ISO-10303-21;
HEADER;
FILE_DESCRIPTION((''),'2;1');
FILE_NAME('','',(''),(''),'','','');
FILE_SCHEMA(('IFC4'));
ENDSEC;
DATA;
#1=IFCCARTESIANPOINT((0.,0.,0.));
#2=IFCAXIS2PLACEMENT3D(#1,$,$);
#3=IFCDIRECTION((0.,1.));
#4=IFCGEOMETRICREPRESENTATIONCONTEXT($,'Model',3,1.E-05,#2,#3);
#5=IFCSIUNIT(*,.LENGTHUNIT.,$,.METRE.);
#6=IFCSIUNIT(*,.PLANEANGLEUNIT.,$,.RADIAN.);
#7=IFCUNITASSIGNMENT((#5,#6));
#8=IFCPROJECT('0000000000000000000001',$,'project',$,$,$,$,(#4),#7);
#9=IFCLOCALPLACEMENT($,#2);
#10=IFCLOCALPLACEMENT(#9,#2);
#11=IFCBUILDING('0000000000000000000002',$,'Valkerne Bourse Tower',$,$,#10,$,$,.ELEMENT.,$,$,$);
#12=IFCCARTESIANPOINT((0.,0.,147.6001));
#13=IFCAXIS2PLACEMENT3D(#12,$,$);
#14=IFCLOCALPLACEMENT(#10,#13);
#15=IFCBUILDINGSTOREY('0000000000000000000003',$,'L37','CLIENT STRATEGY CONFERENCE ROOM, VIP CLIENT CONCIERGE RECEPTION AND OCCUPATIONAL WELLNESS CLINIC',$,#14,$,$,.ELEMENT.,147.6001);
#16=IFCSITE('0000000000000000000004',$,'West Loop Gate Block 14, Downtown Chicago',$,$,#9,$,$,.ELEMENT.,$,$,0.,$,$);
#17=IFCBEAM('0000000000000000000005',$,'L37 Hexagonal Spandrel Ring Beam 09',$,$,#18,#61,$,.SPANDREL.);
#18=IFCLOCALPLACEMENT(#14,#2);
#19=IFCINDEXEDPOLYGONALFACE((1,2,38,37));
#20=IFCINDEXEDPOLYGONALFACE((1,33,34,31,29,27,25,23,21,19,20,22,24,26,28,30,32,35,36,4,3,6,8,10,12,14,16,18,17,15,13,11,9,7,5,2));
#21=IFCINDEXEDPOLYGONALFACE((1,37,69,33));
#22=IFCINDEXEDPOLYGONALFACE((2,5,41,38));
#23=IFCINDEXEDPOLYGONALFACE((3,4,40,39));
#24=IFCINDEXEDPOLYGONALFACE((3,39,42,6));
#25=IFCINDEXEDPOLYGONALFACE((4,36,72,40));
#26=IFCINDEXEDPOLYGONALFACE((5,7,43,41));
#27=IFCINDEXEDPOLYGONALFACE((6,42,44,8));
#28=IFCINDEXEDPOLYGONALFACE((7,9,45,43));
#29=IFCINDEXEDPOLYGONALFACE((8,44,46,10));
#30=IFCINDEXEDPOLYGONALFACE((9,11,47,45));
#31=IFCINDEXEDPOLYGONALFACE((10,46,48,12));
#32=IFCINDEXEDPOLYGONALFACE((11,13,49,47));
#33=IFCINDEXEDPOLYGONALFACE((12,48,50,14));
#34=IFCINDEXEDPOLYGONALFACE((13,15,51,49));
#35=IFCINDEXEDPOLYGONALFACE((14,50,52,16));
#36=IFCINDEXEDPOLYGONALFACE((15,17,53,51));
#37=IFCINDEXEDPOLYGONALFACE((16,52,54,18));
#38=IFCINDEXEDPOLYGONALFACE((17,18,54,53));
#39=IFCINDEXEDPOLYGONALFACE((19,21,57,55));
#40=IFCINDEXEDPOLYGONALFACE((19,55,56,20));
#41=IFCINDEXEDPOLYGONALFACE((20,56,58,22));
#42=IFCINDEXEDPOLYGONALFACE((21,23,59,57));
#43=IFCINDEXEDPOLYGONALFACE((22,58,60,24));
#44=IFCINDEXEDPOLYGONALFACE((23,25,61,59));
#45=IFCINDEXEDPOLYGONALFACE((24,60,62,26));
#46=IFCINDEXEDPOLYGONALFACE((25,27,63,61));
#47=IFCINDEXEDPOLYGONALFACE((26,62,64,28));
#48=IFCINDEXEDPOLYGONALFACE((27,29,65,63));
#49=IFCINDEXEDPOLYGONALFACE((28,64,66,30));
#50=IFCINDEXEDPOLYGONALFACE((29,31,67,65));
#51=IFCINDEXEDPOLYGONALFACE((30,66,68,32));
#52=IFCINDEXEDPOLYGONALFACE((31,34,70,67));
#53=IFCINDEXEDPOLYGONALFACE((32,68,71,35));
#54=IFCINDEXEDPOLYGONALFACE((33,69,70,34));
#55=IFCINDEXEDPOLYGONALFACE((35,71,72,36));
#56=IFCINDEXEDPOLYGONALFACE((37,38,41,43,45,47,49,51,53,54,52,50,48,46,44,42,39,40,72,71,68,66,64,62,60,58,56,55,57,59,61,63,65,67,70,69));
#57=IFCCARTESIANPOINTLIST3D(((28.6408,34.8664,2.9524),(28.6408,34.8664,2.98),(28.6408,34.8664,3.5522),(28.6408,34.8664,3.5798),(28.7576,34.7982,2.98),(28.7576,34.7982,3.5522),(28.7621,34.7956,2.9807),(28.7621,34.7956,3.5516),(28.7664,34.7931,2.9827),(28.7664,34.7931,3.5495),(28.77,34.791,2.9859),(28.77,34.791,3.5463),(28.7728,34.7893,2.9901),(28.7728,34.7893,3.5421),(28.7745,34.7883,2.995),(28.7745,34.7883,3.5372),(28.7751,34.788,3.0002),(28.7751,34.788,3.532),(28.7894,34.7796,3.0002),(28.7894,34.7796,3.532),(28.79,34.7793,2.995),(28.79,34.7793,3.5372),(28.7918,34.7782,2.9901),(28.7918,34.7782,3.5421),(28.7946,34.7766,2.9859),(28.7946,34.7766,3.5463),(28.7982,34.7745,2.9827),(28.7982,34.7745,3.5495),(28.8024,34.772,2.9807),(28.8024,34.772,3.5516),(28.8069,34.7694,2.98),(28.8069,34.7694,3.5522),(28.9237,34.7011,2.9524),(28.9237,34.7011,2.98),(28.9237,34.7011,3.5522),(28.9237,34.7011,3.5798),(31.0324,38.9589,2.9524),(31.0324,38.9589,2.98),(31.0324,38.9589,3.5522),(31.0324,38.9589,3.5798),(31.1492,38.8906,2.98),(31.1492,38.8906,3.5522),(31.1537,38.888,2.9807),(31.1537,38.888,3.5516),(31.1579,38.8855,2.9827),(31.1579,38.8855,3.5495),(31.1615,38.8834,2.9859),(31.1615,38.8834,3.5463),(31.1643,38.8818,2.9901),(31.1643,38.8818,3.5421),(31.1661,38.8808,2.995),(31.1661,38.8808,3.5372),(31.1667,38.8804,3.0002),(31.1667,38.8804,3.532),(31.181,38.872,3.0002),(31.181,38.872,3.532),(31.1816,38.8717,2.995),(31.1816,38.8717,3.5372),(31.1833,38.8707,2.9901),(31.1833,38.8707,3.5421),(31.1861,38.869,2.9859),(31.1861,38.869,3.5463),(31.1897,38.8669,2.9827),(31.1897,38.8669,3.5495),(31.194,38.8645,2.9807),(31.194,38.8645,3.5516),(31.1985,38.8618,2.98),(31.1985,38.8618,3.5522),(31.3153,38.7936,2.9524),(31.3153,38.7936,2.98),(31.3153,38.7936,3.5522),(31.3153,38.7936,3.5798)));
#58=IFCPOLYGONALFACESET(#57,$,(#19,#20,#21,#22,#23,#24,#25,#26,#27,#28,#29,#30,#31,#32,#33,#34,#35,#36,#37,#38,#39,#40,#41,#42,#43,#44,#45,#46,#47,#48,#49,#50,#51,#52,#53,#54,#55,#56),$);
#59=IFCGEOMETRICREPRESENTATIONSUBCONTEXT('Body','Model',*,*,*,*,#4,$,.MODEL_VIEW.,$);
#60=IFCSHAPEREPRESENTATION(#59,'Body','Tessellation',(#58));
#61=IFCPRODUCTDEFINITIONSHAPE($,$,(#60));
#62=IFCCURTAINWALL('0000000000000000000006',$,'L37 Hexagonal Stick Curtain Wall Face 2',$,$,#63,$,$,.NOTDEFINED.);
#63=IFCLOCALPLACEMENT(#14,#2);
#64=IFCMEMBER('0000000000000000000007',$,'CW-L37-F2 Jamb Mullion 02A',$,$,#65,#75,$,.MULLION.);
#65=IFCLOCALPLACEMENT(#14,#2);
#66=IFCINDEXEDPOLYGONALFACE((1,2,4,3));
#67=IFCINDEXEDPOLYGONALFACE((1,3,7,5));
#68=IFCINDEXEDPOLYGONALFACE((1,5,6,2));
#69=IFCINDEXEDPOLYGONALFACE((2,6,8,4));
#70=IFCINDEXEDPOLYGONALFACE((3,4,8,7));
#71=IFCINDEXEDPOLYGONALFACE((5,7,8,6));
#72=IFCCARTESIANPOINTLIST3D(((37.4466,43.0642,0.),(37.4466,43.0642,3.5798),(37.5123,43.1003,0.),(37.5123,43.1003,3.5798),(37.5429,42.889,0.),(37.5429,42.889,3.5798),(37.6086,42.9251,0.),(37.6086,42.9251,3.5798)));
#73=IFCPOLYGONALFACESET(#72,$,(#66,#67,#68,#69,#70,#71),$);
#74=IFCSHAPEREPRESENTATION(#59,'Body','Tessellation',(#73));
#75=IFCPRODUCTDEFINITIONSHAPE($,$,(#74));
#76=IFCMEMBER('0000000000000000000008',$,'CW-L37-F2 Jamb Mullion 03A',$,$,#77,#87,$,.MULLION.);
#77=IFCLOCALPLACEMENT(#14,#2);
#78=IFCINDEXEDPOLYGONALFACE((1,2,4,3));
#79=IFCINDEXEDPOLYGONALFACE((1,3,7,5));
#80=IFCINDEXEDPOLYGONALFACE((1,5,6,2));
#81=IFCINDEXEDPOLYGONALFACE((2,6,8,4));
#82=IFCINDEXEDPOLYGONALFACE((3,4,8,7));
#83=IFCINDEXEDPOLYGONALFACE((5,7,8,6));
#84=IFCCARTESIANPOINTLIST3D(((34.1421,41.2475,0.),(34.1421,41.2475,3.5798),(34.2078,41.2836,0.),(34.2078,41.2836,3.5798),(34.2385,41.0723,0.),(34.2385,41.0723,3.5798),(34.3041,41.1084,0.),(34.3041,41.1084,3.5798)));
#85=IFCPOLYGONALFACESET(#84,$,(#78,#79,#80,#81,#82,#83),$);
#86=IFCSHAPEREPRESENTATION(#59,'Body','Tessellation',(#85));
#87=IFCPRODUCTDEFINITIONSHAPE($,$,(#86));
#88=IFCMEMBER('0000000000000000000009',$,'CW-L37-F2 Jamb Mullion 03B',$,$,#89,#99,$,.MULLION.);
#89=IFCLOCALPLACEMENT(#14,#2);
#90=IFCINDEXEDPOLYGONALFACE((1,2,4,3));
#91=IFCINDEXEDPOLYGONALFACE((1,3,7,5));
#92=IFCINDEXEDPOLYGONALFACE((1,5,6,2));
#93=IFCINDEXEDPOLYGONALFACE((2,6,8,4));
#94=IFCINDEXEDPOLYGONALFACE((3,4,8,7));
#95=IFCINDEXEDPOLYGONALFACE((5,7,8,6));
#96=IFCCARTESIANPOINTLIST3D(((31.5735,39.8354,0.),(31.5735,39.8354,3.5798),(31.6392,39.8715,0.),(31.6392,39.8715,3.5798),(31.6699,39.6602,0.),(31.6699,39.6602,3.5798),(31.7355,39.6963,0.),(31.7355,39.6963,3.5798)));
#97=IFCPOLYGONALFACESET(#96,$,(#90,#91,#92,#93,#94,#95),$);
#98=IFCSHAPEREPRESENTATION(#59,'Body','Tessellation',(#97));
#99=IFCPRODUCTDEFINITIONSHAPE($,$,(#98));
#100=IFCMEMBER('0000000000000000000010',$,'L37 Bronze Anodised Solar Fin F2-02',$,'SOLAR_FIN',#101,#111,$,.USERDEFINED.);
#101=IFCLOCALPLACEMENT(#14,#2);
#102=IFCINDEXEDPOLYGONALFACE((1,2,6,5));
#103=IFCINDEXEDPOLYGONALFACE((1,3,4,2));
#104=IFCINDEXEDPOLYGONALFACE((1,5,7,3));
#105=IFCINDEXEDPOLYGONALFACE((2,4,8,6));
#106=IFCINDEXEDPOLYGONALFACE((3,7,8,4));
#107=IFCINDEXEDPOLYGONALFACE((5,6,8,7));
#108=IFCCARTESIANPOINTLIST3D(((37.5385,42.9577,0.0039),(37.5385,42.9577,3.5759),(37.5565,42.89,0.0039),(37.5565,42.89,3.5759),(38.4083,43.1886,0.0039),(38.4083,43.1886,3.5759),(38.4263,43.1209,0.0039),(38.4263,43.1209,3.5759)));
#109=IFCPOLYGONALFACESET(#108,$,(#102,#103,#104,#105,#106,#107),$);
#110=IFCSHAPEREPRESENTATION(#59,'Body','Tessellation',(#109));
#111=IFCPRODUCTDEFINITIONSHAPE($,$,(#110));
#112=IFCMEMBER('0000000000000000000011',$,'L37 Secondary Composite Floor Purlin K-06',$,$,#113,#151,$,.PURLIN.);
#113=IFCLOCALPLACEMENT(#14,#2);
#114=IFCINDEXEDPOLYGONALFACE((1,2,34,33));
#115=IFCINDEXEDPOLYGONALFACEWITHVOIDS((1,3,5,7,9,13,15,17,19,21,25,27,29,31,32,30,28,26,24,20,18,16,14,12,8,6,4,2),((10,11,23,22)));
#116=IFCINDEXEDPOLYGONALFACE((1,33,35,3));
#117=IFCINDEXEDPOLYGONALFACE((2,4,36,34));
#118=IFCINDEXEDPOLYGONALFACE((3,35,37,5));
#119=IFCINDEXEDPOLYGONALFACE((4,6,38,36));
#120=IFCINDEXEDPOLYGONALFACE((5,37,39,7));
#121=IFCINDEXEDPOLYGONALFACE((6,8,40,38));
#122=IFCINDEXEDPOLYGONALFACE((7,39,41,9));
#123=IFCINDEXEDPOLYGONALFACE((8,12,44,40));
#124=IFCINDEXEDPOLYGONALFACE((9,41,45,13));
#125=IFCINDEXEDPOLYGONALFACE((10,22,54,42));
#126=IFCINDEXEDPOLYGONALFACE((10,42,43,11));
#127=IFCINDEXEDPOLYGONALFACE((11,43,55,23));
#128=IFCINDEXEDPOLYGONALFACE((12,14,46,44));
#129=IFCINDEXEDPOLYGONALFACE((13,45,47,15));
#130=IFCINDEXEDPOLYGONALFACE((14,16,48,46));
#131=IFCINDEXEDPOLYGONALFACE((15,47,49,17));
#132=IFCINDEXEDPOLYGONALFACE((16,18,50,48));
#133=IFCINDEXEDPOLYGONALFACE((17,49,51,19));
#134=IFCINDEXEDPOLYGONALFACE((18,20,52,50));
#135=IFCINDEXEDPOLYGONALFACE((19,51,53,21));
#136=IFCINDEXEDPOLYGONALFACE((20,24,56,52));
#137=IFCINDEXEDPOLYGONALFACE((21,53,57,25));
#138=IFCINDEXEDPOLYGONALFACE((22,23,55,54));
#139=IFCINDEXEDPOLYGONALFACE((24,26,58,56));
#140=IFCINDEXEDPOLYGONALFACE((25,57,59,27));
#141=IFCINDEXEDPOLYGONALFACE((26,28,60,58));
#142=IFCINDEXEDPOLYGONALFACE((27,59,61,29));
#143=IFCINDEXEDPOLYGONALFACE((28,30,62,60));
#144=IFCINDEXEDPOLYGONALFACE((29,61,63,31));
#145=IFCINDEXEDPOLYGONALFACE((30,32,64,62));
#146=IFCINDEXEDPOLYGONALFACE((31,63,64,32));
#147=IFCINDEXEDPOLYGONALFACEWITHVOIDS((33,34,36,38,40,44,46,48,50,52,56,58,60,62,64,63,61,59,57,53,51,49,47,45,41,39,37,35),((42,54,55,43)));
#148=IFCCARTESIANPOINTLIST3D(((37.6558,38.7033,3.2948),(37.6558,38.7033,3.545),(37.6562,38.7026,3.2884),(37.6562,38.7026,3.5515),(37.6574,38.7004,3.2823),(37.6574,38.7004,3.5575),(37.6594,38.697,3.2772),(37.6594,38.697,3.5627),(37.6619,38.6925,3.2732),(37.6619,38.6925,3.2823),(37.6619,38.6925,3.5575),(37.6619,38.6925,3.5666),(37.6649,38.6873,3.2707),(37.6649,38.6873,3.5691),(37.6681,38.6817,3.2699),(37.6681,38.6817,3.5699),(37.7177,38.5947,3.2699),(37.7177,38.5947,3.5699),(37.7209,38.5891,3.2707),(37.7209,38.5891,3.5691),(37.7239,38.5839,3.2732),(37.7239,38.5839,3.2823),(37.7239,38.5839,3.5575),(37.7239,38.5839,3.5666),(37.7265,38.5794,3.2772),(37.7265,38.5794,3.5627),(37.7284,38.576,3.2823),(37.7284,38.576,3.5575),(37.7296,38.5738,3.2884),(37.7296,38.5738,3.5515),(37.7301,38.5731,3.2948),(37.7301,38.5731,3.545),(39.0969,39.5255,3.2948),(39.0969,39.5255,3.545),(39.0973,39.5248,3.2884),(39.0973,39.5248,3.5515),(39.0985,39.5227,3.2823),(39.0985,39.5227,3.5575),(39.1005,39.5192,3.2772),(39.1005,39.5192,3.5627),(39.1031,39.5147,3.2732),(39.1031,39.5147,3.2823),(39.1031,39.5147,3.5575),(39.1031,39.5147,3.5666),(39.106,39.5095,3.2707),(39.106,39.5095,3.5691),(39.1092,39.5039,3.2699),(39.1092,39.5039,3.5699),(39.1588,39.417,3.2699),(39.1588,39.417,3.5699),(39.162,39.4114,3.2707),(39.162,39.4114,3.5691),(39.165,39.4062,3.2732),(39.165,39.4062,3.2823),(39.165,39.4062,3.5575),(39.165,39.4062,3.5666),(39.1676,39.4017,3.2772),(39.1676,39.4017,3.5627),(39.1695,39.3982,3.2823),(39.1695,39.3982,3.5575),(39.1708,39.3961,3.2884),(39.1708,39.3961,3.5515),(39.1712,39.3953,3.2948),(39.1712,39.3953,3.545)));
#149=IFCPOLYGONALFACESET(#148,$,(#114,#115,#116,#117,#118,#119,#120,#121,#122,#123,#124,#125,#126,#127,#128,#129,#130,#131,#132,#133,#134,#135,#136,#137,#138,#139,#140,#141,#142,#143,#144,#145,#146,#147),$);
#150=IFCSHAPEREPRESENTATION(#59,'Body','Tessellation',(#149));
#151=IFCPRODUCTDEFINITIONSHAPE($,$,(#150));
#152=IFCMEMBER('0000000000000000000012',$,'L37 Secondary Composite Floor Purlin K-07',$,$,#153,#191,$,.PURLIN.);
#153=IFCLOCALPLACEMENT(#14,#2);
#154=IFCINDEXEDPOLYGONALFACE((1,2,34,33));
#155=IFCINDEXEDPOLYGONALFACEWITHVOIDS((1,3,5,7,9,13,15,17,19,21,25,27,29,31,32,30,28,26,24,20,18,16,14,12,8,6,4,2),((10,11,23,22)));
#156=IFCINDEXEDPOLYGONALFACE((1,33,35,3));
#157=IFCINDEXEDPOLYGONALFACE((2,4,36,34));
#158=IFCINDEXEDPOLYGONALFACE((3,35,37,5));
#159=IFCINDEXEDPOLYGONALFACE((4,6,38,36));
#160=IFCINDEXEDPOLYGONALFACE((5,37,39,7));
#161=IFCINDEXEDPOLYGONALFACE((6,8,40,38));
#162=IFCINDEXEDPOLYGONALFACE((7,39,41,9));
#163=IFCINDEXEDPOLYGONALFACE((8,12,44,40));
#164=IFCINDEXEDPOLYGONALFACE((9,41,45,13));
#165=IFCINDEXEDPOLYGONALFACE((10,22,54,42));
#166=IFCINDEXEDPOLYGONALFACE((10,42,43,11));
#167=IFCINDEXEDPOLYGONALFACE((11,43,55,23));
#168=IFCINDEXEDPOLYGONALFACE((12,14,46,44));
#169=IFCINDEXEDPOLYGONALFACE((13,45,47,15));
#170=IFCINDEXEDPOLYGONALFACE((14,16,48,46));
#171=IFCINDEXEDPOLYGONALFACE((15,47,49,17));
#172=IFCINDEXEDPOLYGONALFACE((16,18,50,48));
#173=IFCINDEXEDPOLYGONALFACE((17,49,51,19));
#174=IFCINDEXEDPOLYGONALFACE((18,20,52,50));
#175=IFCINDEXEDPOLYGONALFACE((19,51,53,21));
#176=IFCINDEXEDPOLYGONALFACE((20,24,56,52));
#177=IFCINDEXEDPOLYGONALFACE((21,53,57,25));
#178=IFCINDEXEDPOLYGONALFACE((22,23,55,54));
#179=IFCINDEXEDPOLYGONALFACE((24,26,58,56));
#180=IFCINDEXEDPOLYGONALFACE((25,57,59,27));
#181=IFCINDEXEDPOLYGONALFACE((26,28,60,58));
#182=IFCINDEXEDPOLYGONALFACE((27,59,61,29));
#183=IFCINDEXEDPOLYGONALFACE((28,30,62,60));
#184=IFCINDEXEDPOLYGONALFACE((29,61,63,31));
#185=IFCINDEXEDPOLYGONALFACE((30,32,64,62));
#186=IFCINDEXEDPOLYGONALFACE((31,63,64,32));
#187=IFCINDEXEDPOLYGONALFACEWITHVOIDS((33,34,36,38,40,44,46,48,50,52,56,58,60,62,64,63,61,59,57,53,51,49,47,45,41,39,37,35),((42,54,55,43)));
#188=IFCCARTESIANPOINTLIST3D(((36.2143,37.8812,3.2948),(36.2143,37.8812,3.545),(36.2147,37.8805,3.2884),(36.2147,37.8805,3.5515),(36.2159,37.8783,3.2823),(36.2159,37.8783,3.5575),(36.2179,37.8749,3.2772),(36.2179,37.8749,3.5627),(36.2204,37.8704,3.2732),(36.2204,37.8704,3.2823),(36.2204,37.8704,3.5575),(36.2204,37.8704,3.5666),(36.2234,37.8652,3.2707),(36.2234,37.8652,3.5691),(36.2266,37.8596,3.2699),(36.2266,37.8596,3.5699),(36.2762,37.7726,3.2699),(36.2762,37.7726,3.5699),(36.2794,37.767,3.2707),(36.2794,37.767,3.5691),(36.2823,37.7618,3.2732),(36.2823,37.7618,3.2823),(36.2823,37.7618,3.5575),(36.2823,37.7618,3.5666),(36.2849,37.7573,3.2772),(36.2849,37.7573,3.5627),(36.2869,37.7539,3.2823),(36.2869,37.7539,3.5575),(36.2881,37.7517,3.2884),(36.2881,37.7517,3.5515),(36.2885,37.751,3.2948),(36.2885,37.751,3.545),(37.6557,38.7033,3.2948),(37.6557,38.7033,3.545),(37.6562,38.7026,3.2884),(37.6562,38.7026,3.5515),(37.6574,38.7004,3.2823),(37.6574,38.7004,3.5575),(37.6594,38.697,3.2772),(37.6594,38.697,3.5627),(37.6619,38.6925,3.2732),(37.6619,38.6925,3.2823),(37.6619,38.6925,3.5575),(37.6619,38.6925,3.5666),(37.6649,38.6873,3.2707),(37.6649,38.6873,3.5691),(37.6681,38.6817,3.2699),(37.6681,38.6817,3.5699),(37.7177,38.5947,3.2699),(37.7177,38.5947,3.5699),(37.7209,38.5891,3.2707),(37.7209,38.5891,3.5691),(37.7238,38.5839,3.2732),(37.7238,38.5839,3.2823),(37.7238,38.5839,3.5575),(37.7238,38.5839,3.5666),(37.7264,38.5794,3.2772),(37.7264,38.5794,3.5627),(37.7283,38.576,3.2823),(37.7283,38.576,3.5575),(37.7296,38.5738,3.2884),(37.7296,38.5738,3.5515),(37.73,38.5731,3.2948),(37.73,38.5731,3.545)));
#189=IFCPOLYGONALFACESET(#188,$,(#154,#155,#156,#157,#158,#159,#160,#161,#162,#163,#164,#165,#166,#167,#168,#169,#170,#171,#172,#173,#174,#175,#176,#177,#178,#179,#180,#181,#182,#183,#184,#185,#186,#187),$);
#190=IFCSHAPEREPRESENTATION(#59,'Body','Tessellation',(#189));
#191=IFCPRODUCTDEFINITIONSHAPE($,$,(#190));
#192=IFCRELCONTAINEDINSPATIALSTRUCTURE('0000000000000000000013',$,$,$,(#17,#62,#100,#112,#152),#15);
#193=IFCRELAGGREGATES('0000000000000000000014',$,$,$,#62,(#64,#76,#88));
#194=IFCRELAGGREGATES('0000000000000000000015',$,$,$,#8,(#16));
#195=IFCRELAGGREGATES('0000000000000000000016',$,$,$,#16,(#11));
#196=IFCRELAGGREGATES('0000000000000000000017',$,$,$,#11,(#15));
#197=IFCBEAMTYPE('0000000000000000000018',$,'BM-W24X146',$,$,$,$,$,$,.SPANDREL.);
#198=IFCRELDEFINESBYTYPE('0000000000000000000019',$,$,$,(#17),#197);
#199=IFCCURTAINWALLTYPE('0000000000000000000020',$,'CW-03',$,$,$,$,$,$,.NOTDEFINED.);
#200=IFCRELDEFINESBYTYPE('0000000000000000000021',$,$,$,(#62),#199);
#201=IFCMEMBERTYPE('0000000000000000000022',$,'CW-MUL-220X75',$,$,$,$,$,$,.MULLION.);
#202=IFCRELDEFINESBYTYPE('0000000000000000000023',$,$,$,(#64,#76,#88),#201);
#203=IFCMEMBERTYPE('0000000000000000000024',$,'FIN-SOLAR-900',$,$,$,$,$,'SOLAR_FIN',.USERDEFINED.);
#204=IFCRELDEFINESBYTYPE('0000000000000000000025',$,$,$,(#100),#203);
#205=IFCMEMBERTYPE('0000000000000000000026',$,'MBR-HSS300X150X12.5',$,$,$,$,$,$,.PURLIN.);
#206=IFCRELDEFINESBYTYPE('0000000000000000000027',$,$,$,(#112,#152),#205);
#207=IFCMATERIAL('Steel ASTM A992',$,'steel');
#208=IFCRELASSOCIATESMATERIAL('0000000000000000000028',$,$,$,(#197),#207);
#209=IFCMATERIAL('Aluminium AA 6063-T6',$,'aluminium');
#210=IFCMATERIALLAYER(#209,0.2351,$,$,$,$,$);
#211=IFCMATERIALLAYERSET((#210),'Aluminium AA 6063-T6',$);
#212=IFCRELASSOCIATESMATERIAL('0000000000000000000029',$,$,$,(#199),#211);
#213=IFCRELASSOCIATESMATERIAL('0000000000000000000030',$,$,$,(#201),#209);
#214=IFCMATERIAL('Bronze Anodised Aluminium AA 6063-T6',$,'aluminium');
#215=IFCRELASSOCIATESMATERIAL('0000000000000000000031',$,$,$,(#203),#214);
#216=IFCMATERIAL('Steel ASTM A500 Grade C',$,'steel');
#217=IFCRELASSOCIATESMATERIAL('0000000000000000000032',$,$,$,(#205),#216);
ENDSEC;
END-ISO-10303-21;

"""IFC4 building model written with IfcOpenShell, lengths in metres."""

from ifc_helpers import new_model, si_unit, direction, frame, origin, origin_2d, place, context, subcontext, project, spatial, rectangle, hollow_rectangle, i_section, extrude, material, layer, layer_set, material_profile, profile_set, type_object, element, aggregate, save


model = new_model("IFC4")

# Units and contexts
model_context = context("Model", 3, precision=1e-05, world=origin(), true_north=direction((0.0, 1.0)))
body_context = subcontext(model_context, "Body", "Model", "MODEL_VIEW")
ifc_project = project(units=[si_unit("LENGTHUNIT", "METRE"), si_unit("PLANEANGLEUNIT", "RADIAN")], contexts=[model_context])

# Site, building, storey
site_placement = place(None, origin())
site = spatial("IfcSite", under=ifc_project, at=site_placement, Name="West Loop Gate Block 14, Downtown Chicago", CompositionType="ELEMENT", RefElevation=0.0)
building_placement = place(site_placement, origin())
building = spatial("IfcBuilding", under=site, at=building_placement, Name="Valkerne Bourse Tower", CompositionType="ELEMENT")
storey_placement = place(building_placement, frame((0.0, 0.0, 147.6001)))
storey = spatial("IfcBuildingStorey", under=building, at=storey_placement, Name="L37", Description="CLIENT STRATEGY CONFERENCE ROOM, VIP CLIENT CONCIERGE RECEPTION AND OCCUPATIONAL WELLNESS CLINIC", CompositionType="ELEMENT", Elevation=147.6001)

# Beam
ifc_material_1 = material(Name="Steel ASTM A992", Category="steel")
ifc_material_profile_1 = material_profile(ifc_material_1, i_section(OverallWidth=0.3276, OverallDepth=0.6274, WebThickness=0.0166, FlangeThickness=0.0276, FilletRadius=0.0203, at=origin_2d()), Name="W24X146")
ifc_profile_set_1 = profile_set([ifc_material_profile_1], Name="Steel ASTM A992")
beam_type_1 = type_object("IfcBeamType", Name="BM-W24X146", PredefinedType="SPANDREL", material=ifc_profile_set_1)
beam_1_placement = place(storey_placement, frame((31.1738, 38.8762, 3.2661), z_axis=(-0.504547, -0.863384, 0.0), x_axis=(0.863384, -0.504547, 0.0)))
element("IfcBeam", 1, at=beam_1_placement, inside=storey, type_object=beam_type_1, Name="L37 Hexagonal Spandrel Ring Beam 09", PredefinedType="SPANDREL", context=body_context, shape_type="SweptSolid", body=[
    extrude(i_section(OverallWidth=0.3276, OverallDepth=0.6274, WebThickness=0.0166, FlangeThickness=0.0276, FilletRadius=0.0203, at=origin_2d()), origin(), (0.0, 0.0, 1.0), 4.74),
])

# Curtain wall, members
ifc_material_2 = material(Name="Aluminium AA 6063-T6", Category="aluminium")
ifc_layer_1 = layer(ifc_material_2, 0.2351)
ifc_layer_set_1 = layer_set([ifc_layer_1], Name="Aluminium AA 6063-T6")
curtain_wall_type = type_object("IfcCurtainWallType", Name="CW-03", PredefinedType="NOTDEFINED", material=ifc_layer_set_1)
curtain_wall_placement = place(storey_placement, origin())
curtain_wall = element("IfcCurtainWall", 2, at=curtain_wall_placement, inside=storey, type_object=curtain_wall_type, Name="L37 Hexagonal Stick Curtain Wall Face 2", PredefinedType="NOTDEFINED")
ifc_material_profile_2 = material_profile(ifc_material_2, rectangle(XDim=0.075, YDim=0.2, at=origin_2d()), Name="CWM-75X200")
ifc_profile_set_2 = profile_set([ifc_material_profile_2], Name="Aluminium AA 6063-T6")
member_type_1 = type_object("IfcMemberType", Name="CW-MUL-220X75", PredefinedType="MULLION", material=ifc_profile_set_2)
member_1_placement = place(storey_placement, frame((37.5276, 42.9946, 0.0), z_axis=(0.0, 0.0, 1.0), x_axis=(-0.876303, -0.481761, 0.0)))
member_1 = element("IfcMember", 3, at=member_1_placement, type_object=member_type_1, Name="CW-L37-F2 Jamb Mullion 02A", PredefinedType="MULLION", context=body_context, shape_type="SweptSolid", body=[
    extrude(rectangle(XDim=0.075, YDim=0.2, at=origin_2d()), origin(), (0.0, 0.0, 1.0), 3.5798),
])
member_2_placement = place(storey_placement, frame((34.2231, 41.178, 0.0), z_axis=(0.0, 0.0, 1.0), x_axis=(-0.876309, -0.48175, 0.0)))
member_2 = element("IfcMember", 4, at=member_2_placement, type_object=member_type_1, Name="CW-L37-F2 Jamb Mullion 03A", PredefinedType="MULLION", context=body_context, shape_type="SweptSolid", body=[
    extrude(rectangle(XDim=0.075, YDim=0.2, at=origin_2d()), origin(), (0.0, 0.0, 1.0), 3.5798),
])
member_3_placement = place(storey_placement, frame((31.6545, 39.7659, 0.0), z_axis=(0.0, 0.0, 1.0), x_axis=(-0.876309, -0.48175, 0.0)))
member_3 = element("IfcMember", 5, at=member_3_placement, type_object=member_type_1, Name="CW-L37-F2 Jamb Mullion 03B", PredefinedType="MULLION", context=body_context, shape_type="SweptSolid", body=[
    extrude(rectangle(XDim=0.075, YDim=0.2, at=origin_2d()), origin(), (0.0, 0.0, 1.0), 3.5798),
])

# Members
ifc_material_3 = material(Name="Bronze Anodised Aluminium AA 6063-T6", Category="aluminium")
ifc_material_profile_3 = material_profile(ifc_material_3, rectangle(XDim=0.0701, YDim=0.8999, at=origin_2d()), Name="FIN-70X900")
ifc_profile_set_3 = profile_set([ifc_material_profile_3], Name="Bronze Anodised Aluminium AA 6063-T6")
member_type_2 = type_object("IfcMemberType", Name="FIN-SOLAR-900", ElementType="SOLAR_FIN", PredefinedType="USERDEFINED", material=ifc_profile_set_3)
member_4_placement = place(storey_placement, frame((37.9824, 43.0393, 0.0039), z_axis=(0.0, 0.0, 1.0), x_axis=(-0.256621, 0.966512, 0.0)))
element("IfcMember", 6, at=member_4_placement, inside=storey, type_object=member_type_2, Name="L37 Bronze Anodised Solar Fin F2-02", ObjectType="SOLAR_FIN", PredefinedType="USERDEFINED", context=body_context, shape_type="SweptSolid", body=[
    extrude(rectangle(XDim=0.0701, YDim=0.8999, at=origin_2d()), origin(), (0.0, 0.0, 1.0), 3.572),
])
ifc_material_4 = material(Name="Steel ASTM A500 Grade C", Category="steel")
ifc_material_profile_4 = material_profile(ifc_material_4, hollow_rectangle(XDim=0.1499, YDim=0.3, WallThickness=0.0125, OuterFilletRadius=0.0249, at=origin_2d()), Name="HSS300X150X12.5")
ifc_profile_set_4 = profile_set([ifc_material_profile_4], Name="Steel ASTM A500 Grade C")
member_type_3 = type_object("IfcMemberType", Name="MBR-HSS300X150X12.5", PredefinedType="PURLIN", material=ifc_profile_set_4)
member_5_placement = place(storey_placement, frame((39.134, 39.4604, 3.4199), z_axis=(-0.868569, -0.495568, 0.0), x_axis=(0.495568, -0.868569, 0.0)))
element("IfcMember", 7, at=member_5_placement, inside=storey, type_object=member_type_3, Name="L37 Secondary Composite Floor Purlin K-06", PredefinedType="PURLIN", context=body_context, shape_type="SweptSolid", body=[
    extrude(hollow_rectangle(XDim=0.1499, YDim=0.3, WallThickness=0.0125, OuterFilletRadius=0.0249, at=origin_2d()), origin(), (0.0, 0.0, 1.0), 1.6592),
])
member_6_placement = place(storey_placement, frame((37.6929, 38.6382, 3.4199), z_axis=(-0.868668, -0.495394, 0.0), x_axis=(0.495394, -0.868668, 0.0)))
element("IfcMember", 8, at=member_6_placement, inside=storey, type_object=member_type_3, Name="L37 Secondary Composite Floor Purlin K-07", PredefinedType="PURLIN", context=body_context, shape_type="SweptSolid", body=[
    extrude(hollow_rectangle(XDim=0.1499, YDim=0.3, WallThickness=0.0125, OuterFilletRadius=0.0249, at=origin_2d()), origin(), (0.0, 0.0, 1.0), 1.6594),
])

aggregate(curtain_wall, [member_1, member_2, member_3])

save(model, "model.ifc")
